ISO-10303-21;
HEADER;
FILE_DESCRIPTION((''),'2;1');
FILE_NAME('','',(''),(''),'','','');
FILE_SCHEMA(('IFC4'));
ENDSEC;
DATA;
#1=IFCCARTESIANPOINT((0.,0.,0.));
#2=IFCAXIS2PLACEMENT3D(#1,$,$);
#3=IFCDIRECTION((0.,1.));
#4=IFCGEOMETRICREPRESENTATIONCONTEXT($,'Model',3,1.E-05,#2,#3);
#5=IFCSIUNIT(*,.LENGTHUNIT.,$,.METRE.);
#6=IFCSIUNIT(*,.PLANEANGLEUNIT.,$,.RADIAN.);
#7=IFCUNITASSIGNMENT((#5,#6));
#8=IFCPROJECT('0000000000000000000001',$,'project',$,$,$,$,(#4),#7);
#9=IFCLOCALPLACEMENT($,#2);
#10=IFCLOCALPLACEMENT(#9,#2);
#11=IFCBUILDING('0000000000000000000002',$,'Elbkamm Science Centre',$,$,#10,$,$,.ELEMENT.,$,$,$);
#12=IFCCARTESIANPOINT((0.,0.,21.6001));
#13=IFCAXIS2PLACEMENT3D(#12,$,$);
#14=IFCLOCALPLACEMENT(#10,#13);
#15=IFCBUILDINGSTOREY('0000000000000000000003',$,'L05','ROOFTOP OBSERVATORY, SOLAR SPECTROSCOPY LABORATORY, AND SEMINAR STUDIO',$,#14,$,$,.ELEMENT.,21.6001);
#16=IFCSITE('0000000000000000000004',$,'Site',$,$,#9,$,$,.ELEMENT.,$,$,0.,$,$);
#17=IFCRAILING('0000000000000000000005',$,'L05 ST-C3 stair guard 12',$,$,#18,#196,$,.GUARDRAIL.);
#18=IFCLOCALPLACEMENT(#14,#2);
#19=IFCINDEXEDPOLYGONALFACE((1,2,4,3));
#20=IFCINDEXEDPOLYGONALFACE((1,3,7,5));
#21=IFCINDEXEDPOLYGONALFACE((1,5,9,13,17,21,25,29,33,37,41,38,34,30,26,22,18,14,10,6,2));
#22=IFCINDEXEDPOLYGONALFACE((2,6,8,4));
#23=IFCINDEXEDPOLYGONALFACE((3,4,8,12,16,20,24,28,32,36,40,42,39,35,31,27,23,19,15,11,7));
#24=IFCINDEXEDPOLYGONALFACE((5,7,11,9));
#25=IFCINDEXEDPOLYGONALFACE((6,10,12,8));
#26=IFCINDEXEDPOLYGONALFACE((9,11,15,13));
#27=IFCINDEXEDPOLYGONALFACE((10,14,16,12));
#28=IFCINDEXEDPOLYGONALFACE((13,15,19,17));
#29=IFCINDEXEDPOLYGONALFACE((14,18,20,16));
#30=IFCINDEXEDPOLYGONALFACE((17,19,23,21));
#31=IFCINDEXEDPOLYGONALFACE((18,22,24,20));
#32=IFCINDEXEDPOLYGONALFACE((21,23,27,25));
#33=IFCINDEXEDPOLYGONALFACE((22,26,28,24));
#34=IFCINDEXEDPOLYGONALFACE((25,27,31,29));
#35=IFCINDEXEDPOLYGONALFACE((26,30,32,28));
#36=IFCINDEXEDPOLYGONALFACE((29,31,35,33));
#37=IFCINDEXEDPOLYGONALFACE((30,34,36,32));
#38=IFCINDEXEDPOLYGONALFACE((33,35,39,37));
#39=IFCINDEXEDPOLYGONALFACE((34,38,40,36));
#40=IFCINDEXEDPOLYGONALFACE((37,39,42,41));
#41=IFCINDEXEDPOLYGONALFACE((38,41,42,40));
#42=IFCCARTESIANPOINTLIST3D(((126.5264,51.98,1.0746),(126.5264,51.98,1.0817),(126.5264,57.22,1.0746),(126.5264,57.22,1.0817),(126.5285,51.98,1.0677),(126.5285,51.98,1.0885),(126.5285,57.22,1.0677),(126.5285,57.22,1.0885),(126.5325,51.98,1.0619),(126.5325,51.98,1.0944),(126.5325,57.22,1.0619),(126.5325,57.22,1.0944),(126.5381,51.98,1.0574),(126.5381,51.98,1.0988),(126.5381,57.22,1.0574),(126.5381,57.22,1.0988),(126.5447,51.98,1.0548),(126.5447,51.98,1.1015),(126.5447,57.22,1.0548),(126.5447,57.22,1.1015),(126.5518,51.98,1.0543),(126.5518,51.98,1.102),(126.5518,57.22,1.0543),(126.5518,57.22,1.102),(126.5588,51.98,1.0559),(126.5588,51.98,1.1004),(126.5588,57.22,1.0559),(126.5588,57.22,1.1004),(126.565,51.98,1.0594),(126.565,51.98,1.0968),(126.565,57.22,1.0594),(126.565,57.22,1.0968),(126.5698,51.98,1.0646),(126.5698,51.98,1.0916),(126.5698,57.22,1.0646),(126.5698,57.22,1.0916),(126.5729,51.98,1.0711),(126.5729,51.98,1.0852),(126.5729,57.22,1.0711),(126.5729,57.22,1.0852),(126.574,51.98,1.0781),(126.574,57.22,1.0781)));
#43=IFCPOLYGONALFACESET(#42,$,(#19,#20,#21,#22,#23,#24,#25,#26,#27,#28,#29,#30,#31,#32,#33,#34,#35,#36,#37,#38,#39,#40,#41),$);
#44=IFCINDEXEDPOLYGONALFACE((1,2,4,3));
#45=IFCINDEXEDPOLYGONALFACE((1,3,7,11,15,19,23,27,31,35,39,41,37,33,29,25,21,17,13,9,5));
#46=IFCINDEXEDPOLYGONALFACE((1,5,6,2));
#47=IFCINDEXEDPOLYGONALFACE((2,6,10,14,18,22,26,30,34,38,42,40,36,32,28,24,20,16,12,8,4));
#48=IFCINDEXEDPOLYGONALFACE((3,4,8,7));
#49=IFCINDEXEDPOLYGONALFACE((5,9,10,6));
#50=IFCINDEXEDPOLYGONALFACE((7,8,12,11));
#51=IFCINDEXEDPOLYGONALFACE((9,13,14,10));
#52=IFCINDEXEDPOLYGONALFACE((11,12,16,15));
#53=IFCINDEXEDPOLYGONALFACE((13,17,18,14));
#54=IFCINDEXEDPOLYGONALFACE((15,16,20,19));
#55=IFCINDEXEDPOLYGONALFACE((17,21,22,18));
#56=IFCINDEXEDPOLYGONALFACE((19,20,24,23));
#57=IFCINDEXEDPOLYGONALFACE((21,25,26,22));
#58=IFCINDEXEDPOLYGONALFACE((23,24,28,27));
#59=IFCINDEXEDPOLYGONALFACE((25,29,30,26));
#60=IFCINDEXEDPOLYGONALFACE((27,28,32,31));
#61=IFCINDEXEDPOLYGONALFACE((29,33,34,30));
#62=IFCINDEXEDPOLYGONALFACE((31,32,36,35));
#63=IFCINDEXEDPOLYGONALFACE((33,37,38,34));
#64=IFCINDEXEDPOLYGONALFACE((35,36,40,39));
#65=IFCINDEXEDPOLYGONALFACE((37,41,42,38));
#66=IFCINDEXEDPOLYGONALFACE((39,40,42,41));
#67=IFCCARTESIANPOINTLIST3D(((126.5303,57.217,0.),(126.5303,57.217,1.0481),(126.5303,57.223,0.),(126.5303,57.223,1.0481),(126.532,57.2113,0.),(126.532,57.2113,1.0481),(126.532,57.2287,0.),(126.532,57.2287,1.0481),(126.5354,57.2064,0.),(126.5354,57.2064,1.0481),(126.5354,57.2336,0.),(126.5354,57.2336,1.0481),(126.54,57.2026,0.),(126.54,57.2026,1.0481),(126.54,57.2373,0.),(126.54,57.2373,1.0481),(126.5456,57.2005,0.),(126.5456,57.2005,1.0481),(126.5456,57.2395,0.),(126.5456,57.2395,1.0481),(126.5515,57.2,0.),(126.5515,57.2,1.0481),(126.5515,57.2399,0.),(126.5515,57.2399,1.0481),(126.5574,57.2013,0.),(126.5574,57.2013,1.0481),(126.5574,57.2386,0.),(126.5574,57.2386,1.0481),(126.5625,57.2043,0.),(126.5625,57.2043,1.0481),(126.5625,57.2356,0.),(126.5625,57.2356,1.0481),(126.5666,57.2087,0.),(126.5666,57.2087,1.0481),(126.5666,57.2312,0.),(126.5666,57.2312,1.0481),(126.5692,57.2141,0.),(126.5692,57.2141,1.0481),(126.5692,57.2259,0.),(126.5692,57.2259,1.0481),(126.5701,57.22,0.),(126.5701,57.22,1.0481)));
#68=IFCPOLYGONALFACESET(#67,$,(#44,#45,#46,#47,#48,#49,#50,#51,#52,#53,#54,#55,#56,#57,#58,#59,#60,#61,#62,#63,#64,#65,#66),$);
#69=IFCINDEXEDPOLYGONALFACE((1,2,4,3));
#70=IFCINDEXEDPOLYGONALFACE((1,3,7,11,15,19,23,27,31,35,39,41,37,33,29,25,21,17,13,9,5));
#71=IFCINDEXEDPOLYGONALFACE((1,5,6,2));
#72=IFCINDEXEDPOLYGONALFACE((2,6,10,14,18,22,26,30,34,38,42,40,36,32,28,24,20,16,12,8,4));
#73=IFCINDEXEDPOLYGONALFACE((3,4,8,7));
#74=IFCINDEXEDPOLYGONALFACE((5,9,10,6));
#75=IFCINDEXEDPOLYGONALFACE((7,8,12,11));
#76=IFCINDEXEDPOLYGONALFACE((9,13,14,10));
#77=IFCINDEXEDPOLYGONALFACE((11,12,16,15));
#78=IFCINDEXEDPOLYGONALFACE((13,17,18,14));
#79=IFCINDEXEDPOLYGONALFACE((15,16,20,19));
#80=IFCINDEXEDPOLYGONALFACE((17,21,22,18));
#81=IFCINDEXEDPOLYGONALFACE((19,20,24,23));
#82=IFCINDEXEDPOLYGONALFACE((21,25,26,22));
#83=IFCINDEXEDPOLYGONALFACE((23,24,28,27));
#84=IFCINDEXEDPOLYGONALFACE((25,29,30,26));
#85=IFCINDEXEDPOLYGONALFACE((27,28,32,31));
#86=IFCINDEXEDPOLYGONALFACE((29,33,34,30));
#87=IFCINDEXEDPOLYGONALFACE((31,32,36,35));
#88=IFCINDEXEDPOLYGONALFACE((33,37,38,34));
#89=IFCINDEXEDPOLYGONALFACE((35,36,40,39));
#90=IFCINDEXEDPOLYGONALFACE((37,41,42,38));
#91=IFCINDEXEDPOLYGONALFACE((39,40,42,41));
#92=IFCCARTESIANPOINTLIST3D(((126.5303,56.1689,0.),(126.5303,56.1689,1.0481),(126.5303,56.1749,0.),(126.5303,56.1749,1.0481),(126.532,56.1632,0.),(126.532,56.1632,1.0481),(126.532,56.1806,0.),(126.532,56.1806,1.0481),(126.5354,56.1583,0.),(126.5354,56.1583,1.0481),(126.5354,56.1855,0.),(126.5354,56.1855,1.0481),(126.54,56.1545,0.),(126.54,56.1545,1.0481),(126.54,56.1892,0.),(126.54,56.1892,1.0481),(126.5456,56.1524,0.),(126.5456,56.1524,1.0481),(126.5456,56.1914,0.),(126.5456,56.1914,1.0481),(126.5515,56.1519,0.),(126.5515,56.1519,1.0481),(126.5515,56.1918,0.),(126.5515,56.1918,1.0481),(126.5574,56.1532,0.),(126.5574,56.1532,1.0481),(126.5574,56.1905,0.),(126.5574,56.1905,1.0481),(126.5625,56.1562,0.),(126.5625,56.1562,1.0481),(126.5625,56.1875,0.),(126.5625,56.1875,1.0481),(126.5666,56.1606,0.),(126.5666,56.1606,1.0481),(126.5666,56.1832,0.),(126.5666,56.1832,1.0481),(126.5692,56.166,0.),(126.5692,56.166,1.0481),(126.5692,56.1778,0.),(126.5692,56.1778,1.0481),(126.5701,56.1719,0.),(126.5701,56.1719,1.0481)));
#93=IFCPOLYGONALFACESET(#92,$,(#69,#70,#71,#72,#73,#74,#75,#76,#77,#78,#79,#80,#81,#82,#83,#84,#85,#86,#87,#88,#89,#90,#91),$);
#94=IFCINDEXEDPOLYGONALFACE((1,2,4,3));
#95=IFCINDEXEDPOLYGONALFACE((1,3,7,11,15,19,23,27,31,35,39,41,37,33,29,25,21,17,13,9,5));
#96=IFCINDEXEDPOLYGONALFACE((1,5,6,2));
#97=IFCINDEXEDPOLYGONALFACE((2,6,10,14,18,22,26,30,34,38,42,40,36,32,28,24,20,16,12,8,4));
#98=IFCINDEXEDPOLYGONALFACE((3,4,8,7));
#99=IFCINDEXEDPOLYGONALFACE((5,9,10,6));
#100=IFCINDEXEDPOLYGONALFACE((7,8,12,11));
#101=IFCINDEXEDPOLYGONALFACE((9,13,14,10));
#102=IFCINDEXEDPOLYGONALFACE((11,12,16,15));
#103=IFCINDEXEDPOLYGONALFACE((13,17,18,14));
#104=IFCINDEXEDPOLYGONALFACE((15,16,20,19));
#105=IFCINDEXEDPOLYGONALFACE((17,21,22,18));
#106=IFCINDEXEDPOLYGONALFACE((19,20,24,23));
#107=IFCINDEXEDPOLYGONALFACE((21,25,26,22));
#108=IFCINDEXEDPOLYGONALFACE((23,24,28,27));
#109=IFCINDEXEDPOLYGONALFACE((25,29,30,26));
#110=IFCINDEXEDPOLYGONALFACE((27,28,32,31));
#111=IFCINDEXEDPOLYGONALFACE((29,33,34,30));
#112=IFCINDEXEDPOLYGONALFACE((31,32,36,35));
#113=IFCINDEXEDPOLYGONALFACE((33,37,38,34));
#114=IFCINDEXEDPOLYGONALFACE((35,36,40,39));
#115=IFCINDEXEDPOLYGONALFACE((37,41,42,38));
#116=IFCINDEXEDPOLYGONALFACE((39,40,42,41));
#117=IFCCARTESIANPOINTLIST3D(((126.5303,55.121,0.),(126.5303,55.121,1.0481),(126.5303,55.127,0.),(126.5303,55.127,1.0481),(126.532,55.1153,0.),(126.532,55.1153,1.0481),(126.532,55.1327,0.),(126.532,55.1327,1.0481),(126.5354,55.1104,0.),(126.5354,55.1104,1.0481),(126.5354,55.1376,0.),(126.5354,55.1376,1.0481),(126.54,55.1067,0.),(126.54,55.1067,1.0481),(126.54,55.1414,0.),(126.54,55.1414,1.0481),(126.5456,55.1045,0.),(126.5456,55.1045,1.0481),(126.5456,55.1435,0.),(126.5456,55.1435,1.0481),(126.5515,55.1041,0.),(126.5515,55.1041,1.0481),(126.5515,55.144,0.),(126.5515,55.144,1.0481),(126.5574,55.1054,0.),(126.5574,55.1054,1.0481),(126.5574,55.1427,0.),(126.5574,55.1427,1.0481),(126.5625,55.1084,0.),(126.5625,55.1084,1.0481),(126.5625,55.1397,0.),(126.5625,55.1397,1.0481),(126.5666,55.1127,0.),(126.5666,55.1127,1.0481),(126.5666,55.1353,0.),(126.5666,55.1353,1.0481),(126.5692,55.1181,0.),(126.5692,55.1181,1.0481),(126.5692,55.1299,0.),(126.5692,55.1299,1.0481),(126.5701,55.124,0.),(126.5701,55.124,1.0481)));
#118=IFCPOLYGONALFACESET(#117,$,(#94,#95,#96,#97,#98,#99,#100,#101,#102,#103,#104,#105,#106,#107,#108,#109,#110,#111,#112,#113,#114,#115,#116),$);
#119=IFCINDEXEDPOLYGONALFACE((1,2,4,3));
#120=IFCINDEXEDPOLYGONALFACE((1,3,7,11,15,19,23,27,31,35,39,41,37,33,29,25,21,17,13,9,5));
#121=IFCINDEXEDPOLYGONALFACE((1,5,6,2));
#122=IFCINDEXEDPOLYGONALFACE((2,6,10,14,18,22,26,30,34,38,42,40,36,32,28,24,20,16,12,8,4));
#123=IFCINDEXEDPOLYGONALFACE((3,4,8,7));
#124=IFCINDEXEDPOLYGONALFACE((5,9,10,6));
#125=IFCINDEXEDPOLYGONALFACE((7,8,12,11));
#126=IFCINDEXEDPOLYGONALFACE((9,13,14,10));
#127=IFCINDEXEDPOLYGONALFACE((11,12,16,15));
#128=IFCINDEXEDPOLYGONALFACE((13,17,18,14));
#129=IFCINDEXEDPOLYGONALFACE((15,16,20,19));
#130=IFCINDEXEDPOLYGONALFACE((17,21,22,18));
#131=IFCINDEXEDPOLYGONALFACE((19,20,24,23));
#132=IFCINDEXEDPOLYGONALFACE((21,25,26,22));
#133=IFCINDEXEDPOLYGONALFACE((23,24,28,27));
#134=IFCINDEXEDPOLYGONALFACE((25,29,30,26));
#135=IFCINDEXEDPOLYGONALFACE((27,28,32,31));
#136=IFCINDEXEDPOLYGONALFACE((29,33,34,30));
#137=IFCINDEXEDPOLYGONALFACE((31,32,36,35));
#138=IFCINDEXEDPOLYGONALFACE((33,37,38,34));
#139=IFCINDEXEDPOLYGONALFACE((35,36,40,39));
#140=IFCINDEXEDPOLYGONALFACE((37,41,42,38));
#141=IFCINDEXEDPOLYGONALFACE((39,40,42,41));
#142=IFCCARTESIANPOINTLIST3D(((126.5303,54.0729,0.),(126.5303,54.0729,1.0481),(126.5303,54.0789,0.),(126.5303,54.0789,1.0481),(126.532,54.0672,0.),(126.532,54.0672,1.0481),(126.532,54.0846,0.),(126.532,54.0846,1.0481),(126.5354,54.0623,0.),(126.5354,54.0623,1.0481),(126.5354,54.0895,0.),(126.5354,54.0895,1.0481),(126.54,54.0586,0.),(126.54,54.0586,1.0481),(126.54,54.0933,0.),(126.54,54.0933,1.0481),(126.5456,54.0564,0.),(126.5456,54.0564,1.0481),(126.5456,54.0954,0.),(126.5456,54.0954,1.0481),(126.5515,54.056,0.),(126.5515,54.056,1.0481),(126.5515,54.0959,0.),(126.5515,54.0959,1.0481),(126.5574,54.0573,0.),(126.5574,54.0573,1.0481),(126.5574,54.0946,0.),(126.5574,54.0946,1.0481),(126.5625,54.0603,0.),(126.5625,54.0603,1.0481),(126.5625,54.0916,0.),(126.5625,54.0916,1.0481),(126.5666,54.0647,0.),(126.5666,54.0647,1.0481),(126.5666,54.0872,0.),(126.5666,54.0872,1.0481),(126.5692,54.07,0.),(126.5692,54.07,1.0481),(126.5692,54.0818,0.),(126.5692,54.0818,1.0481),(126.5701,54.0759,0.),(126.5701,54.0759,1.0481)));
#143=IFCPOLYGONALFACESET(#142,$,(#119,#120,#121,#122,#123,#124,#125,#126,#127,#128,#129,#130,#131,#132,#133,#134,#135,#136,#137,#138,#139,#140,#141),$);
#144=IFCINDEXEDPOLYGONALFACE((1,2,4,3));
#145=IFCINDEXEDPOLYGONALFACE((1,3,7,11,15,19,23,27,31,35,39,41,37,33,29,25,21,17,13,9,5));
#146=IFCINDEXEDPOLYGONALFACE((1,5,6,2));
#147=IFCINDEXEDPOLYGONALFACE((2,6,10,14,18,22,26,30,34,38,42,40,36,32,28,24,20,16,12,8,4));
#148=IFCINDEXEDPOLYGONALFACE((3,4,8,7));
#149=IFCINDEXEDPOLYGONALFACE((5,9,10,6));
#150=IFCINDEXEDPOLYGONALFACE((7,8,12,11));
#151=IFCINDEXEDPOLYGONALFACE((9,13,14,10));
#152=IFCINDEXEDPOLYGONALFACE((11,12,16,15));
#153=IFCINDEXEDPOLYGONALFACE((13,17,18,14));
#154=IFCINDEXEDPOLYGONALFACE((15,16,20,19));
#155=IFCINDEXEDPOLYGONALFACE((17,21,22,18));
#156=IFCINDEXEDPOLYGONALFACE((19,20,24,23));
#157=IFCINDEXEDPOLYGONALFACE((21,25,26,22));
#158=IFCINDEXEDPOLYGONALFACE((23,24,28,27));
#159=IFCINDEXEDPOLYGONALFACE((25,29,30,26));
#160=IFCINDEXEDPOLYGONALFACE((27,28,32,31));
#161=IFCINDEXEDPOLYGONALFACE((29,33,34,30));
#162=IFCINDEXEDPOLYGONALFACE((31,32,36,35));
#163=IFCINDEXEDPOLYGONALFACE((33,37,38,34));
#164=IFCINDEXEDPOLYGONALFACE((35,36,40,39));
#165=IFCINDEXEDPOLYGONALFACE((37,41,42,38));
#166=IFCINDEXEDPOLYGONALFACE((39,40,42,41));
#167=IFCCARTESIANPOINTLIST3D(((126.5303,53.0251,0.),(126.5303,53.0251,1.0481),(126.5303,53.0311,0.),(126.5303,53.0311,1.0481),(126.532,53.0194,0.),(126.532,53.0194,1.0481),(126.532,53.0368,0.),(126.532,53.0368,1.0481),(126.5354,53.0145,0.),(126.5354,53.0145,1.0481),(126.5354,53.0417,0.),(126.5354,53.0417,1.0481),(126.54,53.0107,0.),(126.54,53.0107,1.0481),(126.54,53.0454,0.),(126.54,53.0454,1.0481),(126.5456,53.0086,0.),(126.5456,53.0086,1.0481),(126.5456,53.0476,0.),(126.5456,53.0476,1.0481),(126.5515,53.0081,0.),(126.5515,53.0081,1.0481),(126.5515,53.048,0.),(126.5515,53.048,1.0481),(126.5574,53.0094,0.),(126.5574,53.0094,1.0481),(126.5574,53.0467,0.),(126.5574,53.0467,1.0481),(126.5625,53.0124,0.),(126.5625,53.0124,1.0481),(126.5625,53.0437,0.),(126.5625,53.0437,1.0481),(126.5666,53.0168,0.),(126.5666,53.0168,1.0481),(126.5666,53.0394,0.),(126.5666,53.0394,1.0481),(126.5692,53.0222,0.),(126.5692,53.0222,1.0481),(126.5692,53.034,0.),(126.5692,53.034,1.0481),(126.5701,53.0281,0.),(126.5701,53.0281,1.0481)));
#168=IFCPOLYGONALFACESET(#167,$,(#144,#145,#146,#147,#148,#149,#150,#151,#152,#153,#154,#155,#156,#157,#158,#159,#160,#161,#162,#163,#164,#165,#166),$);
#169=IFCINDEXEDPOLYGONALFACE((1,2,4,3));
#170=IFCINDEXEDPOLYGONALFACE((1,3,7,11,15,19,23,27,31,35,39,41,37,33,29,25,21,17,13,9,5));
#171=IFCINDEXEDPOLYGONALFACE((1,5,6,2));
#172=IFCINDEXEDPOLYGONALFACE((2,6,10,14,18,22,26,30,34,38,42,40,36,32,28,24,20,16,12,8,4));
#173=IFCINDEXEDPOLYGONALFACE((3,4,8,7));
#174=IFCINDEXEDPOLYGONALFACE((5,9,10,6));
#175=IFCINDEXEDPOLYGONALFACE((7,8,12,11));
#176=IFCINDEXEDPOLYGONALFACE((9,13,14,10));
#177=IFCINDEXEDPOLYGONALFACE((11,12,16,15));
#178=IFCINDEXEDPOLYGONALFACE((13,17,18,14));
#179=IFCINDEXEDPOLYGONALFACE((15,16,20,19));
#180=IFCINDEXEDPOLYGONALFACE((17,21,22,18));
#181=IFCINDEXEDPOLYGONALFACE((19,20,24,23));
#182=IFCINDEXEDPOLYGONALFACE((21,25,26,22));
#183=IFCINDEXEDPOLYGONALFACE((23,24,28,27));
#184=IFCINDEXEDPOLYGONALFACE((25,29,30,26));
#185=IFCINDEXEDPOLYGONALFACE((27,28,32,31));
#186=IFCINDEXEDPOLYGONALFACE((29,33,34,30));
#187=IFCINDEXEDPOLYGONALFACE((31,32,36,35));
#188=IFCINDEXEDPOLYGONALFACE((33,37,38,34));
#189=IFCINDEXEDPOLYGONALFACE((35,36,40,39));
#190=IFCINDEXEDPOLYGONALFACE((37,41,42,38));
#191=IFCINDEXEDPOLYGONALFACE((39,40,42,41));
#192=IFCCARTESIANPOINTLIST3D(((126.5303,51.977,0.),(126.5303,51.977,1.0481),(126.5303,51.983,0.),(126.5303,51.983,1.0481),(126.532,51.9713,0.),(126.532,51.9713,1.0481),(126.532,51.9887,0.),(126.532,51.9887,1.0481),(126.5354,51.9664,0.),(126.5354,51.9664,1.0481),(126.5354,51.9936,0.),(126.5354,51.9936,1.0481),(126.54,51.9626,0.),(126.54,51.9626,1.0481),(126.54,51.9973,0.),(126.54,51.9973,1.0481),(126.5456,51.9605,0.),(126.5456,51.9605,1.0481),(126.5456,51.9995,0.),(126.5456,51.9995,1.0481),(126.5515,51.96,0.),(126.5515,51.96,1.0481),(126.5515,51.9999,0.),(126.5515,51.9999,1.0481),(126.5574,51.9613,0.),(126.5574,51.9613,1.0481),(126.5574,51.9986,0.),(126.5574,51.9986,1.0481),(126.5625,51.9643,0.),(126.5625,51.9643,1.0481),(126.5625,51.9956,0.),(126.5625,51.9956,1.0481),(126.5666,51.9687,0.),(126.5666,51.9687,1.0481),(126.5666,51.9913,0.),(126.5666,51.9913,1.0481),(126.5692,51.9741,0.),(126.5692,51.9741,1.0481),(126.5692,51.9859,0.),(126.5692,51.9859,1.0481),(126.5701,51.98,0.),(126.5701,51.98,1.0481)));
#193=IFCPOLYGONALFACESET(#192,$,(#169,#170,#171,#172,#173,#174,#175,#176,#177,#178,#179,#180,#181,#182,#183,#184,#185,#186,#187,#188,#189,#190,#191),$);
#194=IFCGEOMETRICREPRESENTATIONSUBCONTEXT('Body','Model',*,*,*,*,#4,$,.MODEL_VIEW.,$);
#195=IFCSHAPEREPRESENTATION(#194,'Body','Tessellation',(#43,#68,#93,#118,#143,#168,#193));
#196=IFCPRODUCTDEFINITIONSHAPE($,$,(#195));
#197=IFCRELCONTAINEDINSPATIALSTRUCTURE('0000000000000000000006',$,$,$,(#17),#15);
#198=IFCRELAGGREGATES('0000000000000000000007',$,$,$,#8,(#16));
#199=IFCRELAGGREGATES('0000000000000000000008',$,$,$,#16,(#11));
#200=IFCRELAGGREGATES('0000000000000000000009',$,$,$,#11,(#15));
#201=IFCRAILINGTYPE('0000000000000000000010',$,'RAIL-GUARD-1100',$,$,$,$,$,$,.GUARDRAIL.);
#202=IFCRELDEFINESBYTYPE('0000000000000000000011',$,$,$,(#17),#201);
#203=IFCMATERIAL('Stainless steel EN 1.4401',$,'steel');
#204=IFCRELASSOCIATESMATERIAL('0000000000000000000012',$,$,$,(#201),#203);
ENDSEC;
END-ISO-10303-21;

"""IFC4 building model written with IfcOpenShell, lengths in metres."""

from ifc_helpers import new_model, si_unit, direction, frame, origin, origin_2d, place, context, subcontext, project, spatial, circle, extrude, material, type_object, element, save


model = new_model("IFC4")

# Units and contexts
model_context = context("Model", 3, precision=1e-05, world=origin(), true_north=direction((0.0, 1.0)))
body_context = subcontext(model_context, "Body", "Model", "MODEL_VIEW")
ifc_project = project(units=[si_unit("LENGTHUNIT", "METRE"), si_unit("PLANEANGLEUNIT", "RADIAN")], contexts=[model_context])

# Site, building, storey
site_placement = place(None, origin())
site = spatial("IfcSite", under=ifc_project, at=site_placement, Name="Site", CompositionType="ELEMENT", RefElevation=0.0)
building_placement = place(site_placement, origin())
building = spatial("IfcBuilding", under=site, at=building_placement, Name="Elbkamm Science Centre", CompositionType="ELEMENT")
storey_placement = place(building_placement, frame((0.0, 0.0, 21.6001)))
storey = spatial("IfcBuildingStorey", under=building, at=storey_placement, Name="L05", Description="ROOFTOP OBSERVATORY, SOLAR SPECTROSCOPY LABORATORY, AND SEMINAR STUDIO", CompositionType="ELEMENT", Elevation=21.6001)

# Railing
ifc_material_1 = material(Name="Stainless steel EN 1.4401", Category="steel")
railing_type_1 = type_object("IfcRailingType", Name="RAIL-GUARD-1100", PredefinedType="GUARDRAIL", material=ifc_material_1)
railing_1_placement = place(storey_placement, frame((126.55, 57.22, 0.0)))
element("IfcRailing", 1, at=railing_1_placement, inside=storey, type_object=railing_type_1, Name="L05 ST-C3 stair guard 12", PredefinedType="GUARDRAIL", context=body_context, shape_type="SweptSolid", body=[
    extrude(circle(Radius=0.0239, at=origin_2d()), frame((0.0, 0.0, 1.0781), z_axis=(0.0, -1.0, 0.0), x_axis=(1.0, 0.0, 0.0)), (0.0, 0.0, 1.0), 5.24),
    extrude(circle(Radius=0.02, at=origin_2d()), origin(), (0.0, 0.0, 1.0), 1.0481),
    extrude(circle(Radius=0.02, at=origin_2d()), frame((0.0, -1.0481, 0.0)), (0.0, 0.0, 1.0), 1.0481),
    extrude(circle(Radius=0.02, at=origin_2d()), frame((0.0, -2.0959, 0.0)), (0.0, 0.0, 1.0), 1.0481),
    extrude(circle(Radius=0.02, at=origin_2d()), frame((0.0, -3.144, 0.0)), (0.0, 0.0, 1.0), 1.0481),
    extrude(circle(Radius=0.02, at=origin_2d()), frame((0.0, -4.1919, 0.0)), (0.0, 0.0, 1.0), 1.0481),
    extrude(circle(Radius=0.02, at=origin_2d()), frame((0.0, -5.24, 0.0)), (0.0, 0.0, 1.0), 1.0481),
])

save(model, "model.ifc")
